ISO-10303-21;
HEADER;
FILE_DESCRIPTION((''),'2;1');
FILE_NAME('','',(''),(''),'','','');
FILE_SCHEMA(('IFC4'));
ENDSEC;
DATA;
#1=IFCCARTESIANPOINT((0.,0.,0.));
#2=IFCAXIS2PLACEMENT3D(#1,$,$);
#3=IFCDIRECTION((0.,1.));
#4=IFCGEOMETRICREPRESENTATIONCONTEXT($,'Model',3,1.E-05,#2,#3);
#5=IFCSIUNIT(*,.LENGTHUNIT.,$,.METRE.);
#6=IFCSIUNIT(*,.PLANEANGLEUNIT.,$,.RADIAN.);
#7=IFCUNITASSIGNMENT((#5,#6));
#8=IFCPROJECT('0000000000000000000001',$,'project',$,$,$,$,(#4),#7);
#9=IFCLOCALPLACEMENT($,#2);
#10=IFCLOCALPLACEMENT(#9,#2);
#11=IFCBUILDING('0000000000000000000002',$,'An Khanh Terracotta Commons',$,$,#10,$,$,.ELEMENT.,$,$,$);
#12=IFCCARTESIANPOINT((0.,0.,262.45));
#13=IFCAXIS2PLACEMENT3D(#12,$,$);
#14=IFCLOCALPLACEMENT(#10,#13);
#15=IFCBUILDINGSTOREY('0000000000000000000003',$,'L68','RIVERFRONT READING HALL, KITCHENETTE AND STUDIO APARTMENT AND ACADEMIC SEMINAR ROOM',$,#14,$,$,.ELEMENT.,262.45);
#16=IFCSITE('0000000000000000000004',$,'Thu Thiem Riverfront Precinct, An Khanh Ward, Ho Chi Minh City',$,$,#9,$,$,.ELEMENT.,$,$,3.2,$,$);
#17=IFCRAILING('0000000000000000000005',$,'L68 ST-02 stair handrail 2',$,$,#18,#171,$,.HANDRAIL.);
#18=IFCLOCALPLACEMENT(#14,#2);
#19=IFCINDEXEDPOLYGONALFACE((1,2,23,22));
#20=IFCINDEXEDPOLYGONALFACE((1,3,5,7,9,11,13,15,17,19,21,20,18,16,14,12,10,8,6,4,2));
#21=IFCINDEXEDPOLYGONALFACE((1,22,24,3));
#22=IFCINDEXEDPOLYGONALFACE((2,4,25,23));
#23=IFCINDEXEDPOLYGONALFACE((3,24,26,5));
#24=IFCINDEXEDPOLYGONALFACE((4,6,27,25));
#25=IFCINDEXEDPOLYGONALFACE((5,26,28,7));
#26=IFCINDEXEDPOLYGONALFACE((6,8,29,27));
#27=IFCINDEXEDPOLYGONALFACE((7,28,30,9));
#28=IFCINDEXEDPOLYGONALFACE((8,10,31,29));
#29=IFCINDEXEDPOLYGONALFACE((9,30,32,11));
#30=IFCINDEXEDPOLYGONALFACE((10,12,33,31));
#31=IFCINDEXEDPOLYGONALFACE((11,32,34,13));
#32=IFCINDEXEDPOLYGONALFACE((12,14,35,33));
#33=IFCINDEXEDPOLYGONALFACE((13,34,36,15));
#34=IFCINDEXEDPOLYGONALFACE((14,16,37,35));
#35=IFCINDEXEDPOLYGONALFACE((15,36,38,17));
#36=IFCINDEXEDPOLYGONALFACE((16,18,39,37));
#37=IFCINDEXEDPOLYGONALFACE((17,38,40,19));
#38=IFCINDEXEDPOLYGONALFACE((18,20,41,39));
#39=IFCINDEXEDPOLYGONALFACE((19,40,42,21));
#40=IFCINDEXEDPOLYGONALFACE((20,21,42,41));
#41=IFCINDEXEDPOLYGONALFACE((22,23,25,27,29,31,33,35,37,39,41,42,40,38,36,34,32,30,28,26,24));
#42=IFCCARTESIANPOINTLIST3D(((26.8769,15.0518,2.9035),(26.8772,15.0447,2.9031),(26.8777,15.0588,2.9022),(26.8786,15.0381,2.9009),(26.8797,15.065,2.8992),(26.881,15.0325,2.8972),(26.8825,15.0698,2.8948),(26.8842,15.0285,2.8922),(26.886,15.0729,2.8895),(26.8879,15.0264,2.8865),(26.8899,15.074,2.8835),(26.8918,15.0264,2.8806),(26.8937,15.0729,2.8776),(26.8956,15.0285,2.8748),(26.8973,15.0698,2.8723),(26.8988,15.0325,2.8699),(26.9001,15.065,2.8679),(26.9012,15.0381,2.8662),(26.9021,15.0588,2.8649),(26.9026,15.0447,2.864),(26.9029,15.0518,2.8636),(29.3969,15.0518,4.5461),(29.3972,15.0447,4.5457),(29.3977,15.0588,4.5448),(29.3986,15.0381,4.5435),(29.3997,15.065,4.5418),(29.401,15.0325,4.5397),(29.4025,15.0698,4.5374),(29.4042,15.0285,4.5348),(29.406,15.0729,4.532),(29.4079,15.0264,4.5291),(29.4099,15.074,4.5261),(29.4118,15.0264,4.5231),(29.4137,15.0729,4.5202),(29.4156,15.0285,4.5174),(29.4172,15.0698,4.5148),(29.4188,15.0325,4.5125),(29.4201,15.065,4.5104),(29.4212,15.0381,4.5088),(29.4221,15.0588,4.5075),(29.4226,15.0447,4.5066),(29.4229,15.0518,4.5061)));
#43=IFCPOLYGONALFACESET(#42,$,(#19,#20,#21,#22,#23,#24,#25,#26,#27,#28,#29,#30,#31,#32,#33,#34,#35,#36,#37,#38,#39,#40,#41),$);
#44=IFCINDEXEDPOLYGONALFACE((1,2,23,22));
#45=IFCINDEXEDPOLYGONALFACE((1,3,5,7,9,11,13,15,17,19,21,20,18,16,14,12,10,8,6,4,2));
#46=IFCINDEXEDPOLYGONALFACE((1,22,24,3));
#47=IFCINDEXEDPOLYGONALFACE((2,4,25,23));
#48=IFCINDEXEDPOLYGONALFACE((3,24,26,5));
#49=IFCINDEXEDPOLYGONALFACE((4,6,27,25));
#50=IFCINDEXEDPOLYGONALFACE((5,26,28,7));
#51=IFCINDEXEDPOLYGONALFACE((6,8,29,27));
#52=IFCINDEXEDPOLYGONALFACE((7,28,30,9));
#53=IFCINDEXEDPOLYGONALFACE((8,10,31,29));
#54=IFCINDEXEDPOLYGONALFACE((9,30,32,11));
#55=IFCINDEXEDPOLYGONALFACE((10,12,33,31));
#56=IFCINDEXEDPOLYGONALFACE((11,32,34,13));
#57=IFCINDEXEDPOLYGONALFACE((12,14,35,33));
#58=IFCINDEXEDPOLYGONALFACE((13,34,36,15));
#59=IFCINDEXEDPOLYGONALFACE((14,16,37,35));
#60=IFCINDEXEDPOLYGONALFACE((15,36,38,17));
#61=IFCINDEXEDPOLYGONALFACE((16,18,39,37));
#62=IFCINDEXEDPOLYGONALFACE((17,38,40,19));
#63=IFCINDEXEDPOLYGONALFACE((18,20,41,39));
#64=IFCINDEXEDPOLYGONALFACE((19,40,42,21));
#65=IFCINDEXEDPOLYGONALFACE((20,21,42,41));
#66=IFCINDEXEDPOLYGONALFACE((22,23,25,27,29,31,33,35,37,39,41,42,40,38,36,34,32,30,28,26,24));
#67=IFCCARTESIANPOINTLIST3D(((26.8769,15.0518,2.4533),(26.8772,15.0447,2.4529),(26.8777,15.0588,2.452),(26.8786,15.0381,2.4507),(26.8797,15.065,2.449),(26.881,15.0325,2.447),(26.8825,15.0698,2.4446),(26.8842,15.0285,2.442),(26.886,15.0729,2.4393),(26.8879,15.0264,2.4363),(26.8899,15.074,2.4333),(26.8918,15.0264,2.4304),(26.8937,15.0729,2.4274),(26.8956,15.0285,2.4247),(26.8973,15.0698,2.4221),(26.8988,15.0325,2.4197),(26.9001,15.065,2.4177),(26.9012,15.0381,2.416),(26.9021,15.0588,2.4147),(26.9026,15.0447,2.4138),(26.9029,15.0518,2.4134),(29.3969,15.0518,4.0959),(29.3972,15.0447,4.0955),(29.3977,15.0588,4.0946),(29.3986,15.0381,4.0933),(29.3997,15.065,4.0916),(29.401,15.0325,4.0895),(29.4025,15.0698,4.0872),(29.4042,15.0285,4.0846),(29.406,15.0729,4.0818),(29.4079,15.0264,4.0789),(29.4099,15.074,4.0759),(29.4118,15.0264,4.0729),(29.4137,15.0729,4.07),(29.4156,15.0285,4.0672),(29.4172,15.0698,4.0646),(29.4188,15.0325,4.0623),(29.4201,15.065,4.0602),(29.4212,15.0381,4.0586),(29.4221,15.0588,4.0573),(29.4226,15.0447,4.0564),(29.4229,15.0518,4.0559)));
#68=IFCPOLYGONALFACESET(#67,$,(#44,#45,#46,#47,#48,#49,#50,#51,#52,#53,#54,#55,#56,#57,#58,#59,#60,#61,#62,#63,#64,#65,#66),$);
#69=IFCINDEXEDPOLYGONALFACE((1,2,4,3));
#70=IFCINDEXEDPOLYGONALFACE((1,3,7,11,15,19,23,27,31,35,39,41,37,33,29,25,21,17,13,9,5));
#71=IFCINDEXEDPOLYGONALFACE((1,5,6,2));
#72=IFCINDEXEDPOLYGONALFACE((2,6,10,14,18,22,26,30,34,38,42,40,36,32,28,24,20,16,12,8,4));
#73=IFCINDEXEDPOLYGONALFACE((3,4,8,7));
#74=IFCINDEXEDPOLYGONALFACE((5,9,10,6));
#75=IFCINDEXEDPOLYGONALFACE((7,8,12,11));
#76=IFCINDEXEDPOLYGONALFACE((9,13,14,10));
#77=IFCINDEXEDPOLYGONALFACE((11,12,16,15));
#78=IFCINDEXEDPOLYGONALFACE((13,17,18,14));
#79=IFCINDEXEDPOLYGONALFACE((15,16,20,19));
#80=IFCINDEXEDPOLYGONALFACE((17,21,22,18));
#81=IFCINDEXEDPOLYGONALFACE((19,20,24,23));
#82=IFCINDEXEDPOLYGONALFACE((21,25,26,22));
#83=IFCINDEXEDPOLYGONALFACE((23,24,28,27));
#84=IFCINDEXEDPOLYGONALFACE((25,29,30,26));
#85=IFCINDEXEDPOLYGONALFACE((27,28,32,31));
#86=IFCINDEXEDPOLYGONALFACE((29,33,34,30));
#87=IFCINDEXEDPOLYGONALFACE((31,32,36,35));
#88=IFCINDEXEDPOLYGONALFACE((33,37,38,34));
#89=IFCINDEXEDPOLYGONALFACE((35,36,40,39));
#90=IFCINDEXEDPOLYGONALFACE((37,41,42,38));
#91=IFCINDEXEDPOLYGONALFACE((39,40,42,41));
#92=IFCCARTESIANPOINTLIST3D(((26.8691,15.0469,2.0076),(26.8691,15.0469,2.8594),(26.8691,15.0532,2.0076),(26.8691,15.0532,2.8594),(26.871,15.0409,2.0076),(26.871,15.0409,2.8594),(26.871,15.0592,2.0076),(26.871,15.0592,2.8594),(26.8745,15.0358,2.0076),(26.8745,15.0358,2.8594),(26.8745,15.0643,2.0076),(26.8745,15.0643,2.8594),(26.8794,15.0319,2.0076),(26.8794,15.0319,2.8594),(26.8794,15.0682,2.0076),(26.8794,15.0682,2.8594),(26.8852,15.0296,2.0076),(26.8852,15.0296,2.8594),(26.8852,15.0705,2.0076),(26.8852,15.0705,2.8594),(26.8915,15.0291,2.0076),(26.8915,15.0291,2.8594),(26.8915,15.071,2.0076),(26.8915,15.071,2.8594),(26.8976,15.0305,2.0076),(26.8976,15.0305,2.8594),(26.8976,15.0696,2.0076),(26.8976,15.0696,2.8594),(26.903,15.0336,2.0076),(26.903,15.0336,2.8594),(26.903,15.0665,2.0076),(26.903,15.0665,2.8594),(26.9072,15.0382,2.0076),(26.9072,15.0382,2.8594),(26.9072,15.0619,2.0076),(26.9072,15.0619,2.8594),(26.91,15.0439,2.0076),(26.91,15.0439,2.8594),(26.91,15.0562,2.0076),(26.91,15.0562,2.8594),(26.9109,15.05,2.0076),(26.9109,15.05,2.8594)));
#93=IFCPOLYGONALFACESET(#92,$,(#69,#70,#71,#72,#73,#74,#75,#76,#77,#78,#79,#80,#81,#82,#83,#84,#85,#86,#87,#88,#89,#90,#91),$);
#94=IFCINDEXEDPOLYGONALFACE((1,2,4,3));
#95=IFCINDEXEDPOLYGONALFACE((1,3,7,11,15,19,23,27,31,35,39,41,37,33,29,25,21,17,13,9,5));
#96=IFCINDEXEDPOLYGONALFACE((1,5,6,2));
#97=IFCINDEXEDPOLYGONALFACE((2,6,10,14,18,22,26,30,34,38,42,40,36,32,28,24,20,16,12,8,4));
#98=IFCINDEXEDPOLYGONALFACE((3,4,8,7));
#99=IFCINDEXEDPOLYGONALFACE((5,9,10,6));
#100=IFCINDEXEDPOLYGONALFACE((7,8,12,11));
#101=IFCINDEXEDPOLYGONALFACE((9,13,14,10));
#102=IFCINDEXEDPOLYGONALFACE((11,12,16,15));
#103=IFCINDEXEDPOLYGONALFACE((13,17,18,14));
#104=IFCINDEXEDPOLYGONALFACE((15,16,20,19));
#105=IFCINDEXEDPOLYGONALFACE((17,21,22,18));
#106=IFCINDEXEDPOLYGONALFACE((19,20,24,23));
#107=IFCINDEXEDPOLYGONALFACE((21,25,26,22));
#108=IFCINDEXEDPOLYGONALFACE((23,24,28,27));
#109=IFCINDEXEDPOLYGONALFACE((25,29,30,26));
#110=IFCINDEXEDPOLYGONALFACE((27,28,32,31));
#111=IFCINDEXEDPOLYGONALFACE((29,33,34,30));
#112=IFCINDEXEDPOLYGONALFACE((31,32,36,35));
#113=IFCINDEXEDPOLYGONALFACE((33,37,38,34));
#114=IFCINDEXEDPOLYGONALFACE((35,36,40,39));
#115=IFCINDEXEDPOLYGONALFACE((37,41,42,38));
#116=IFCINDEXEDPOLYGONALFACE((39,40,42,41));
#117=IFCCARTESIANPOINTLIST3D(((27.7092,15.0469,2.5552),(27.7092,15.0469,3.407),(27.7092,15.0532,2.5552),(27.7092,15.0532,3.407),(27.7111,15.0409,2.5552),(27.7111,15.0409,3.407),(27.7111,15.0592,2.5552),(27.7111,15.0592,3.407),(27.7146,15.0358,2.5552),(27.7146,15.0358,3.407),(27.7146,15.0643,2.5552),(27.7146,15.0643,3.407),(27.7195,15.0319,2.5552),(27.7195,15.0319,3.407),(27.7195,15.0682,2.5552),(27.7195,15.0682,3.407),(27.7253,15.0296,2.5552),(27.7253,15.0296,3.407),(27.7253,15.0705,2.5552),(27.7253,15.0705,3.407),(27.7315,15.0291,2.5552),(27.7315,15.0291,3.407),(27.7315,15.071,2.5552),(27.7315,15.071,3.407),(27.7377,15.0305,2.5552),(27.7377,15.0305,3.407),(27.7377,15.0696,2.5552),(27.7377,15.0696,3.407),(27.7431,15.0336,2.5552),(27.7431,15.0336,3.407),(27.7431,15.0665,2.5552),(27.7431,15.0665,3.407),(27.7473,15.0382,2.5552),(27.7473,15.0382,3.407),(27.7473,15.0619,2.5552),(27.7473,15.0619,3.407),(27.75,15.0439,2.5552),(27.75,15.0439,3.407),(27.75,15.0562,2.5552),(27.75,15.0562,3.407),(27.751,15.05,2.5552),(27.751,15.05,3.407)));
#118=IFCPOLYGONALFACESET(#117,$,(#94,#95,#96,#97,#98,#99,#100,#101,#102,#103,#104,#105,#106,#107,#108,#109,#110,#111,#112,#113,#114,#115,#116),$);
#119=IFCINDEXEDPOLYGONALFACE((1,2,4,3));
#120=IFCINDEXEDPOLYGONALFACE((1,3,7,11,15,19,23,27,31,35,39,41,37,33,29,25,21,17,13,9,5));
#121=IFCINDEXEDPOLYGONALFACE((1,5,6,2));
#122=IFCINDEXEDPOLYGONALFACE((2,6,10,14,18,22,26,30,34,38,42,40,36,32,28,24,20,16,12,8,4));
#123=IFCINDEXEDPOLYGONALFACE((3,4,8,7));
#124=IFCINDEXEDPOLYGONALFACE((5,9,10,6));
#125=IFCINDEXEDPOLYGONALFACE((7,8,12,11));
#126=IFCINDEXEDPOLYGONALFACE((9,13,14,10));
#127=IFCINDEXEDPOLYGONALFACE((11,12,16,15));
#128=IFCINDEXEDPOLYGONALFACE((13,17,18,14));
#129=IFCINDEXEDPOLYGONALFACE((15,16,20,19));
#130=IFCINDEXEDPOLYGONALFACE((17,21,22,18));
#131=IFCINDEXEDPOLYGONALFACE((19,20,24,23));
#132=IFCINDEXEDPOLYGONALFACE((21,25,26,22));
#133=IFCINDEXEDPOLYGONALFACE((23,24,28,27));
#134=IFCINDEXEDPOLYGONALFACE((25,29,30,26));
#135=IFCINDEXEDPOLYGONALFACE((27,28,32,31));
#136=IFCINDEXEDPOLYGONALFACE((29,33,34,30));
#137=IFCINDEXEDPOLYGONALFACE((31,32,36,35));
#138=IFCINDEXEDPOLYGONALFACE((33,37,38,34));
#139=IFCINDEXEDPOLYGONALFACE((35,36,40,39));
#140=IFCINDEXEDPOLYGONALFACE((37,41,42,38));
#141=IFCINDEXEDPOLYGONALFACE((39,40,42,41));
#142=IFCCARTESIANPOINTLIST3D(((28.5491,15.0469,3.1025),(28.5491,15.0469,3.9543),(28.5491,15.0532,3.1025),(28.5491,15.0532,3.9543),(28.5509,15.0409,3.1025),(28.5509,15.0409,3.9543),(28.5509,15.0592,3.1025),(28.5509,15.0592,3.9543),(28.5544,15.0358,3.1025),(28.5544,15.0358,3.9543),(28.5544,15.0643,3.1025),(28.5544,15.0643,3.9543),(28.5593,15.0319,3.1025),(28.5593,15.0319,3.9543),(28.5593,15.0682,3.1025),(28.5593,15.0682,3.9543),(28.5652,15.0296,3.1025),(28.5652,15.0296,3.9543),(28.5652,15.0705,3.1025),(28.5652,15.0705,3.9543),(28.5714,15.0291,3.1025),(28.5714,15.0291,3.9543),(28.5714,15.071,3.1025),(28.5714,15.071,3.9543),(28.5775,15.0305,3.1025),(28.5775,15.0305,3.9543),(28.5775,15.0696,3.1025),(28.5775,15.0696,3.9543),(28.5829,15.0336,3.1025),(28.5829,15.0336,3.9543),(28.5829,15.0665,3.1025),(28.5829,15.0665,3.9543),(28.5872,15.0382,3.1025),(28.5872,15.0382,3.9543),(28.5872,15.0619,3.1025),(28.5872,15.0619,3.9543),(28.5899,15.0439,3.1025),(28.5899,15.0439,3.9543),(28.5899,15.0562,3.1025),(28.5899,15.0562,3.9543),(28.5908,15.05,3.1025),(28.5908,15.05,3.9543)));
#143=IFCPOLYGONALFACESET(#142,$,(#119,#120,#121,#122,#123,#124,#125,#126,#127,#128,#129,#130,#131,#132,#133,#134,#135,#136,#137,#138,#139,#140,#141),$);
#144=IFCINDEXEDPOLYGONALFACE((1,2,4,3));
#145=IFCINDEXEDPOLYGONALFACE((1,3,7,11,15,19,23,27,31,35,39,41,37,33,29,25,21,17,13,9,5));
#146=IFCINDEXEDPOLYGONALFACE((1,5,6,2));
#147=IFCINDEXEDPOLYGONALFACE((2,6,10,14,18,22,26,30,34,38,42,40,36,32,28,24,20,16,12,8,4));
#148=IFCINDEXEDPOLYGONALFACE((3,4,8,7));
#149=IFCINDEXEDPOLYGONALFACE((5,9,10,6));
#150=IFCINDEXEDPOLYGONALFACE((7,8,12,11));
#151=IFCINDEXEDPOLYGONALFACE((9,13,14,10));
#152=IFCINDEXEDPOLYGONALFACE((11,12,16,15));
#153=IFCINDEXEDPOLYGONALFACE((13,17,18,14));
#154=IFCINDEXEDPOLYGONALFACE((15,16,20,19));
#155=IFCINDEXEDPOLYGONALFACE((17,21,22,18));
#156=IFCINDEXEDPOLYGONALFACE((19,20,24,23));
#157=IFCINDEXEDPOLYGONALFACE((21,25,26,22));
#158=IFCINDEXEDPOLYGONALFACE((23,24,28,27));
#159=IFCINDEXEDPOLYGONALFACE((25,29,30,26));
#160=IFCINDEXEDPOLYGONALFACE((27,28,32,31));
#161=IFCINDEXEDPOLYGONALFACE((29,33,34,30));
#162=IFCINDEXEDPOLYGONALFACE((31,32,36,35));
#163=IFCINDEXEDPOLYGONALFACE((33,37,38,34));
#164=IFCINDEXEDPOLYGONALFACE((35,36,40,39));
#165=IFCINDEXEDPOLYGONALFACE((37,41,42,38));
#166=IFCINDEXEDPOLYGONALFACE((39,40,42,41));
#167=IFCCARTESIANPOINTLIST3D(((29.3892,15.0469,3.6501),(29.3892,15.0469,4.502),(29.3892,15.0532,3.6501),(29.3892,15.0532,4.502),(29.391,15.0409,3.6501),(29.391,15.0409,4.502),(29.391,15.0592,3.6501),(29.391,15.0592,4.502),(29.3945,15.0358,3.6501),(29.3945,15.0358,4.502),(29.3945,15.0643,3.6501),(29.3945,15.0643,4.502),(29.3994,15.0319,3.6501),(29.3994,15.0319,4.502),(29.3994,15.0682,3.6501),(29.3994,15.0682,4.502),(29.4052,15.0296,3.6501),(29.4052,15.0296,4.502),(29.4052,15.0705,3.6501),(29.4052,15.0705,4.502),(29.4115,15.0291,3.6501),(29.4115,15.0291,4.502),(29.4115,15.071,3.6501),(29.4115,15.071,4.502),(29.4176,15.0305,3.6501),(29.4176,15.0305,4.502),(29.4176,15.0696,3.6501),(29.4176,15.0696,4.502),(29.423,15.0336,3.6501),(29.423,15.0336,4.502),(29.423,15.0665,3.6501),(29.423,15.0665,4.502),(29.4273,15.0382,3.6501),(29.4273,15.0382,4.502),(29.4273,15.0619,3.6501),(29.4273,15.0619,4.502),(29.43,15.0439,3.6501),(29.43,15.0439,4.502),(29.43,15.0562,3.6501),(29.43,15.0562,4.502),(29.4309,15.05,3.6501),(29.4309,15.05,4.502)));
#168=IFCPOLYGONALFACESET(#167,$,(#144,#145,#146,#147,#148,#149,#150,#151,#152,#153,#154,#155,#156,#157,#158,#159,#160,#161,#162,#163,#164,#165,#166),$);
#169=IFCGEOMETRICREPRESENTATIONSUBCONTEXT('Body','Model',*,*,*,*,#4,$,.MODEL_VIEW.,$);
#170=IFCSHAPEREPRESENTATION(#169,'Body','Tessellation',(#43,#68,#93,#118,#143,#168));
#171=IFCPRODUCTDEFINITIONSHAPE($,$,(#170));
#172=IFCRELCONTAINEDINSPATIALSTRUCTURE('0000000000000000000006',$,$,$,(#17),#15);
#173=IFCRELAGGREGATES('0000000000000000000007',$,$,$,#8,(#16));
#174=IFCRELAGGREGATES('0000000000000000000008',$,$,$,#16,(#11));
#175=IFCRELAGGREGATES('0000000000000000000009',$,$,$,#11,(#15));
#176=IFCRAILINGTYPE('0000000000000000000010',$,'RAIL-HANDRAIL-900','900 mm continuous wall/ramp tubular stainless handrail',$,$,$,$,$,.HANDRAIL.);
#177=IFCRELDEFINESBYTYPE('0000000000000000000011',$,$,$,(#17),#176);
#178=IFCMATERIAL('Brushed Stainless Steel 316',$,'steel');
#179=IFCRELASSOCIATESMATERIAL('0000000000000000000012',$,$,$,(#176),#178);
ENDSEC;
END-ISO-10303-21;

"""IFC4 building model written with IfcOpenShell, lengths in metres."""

from ifc_helpers import new_model, si_unit, direction, frame, origin, origin_2d, place, context, subcontext, project, spatial, circle, extrude, material, type_object, element, save


model = new_model("IFC4")

# Units and contexts
model_context = context("Model", 3, precision=1e-05, world=origin(), true_north=direction((0.0, 1.0)))
body_context = subcontext(model_context, "Body", "Model", "MODEL_VIEW")
ifc_project = project(units=[si_unit("LENGTHUNIT", "METRE"), si_unit("PLANEANGLEUNIT", "RADIAN")], contexts=[model_context])

# Site, building, storey
site_placement = place(None, origin())
site = spatial("IfcSite", under=ifc_project, at=site_placement, Name="Thu Thiem Riverfront Precinct, An Khanh Ward, Ho Chi Minh City", CompositionType="ELEMENT", RefElevation=3.2)
building_placement = place(site_placement, origin())
building = spatial("IfcBuilding", under=site, at=building_placement, Name="An Khanh Terracotta Commons", CompositionType="ELEMENT")
storey_placement = place(building_placement, frame((0.0, 0.0, 262.45)))
storey = spatial("IfcBuildingStorey", under=building, at=storey_placement, Name="L68", Description="RIVERFRONT READING HALL, KITCHENETTE AND STUDIO APARTMENT AND ACADEMIC SEMINAR ROOM", CompositionType="ELEMENT", Elevation=262.45)

# Railing
ifc_material_1 = material(Name="Brushed Stainless Steel 316", Category="steel")
railing_type_1 = type_object("IfcRailingType", Name="RAIL-HANDRAIL-900", Description="900 mm continuous wall/ramp tubular stainless handrail", PredefinedType="HANDRAIL", material=ifc_material_1)
railing_1_placement = place(storey_placement, frame((26.8899, 15.05, 2.0076)))
element("IfcRailing", 1, at=railing_1_placement, inside=storey, type_object=railing_type_1, Name="L68 ST-02 stair handrail 2", PredefinedType="HANDRAIL", context=body_context, shape_type="SweptSolid", body=[
    extrude(circle(Radius=0.0239, at=origin_2d()), frame((0.0, 0.0, 0.876), z_axis=(0.837749, 0.0, 0.546055), x_axis=(0.0, 1.0, 0.0)), (0.0, 0.0, 1.0), 3.0081),
    extrude(circle(Radius=0.0239, at=origin_2d()), frame((0.0, 0.0, 0.4258), z_axis=(0.837749, 0.0, 0.546055), x_axis=(0.0, 1.0, 0.0)), (0.0, 0.0, 1.0), 3.0081),
    extrude(circle(Radius=0.021, at=origin_2d()), origin(), (0.0, 0.0, 1.0), 0.8518),
    extrude(circle(Radius=0.021, at=origin_2d()), frame((0.8401, 0.0, 0.5476)), (0.0, 0.0, 1.0), 0.8518),
    extrude(circle(Radius=0.021, at=origin_2d()), frame((1.6799, 0.0, 1.095)), (0.0, 0.0, 1.0), 0.8518),
    extrude(circle(Radius=0.021, at=origin_2d()), frame((2.52, 0.0, 1.6426)), (0.0, 0.0, 1.0), 0.8518),
])

save(model, "model.ifc")
